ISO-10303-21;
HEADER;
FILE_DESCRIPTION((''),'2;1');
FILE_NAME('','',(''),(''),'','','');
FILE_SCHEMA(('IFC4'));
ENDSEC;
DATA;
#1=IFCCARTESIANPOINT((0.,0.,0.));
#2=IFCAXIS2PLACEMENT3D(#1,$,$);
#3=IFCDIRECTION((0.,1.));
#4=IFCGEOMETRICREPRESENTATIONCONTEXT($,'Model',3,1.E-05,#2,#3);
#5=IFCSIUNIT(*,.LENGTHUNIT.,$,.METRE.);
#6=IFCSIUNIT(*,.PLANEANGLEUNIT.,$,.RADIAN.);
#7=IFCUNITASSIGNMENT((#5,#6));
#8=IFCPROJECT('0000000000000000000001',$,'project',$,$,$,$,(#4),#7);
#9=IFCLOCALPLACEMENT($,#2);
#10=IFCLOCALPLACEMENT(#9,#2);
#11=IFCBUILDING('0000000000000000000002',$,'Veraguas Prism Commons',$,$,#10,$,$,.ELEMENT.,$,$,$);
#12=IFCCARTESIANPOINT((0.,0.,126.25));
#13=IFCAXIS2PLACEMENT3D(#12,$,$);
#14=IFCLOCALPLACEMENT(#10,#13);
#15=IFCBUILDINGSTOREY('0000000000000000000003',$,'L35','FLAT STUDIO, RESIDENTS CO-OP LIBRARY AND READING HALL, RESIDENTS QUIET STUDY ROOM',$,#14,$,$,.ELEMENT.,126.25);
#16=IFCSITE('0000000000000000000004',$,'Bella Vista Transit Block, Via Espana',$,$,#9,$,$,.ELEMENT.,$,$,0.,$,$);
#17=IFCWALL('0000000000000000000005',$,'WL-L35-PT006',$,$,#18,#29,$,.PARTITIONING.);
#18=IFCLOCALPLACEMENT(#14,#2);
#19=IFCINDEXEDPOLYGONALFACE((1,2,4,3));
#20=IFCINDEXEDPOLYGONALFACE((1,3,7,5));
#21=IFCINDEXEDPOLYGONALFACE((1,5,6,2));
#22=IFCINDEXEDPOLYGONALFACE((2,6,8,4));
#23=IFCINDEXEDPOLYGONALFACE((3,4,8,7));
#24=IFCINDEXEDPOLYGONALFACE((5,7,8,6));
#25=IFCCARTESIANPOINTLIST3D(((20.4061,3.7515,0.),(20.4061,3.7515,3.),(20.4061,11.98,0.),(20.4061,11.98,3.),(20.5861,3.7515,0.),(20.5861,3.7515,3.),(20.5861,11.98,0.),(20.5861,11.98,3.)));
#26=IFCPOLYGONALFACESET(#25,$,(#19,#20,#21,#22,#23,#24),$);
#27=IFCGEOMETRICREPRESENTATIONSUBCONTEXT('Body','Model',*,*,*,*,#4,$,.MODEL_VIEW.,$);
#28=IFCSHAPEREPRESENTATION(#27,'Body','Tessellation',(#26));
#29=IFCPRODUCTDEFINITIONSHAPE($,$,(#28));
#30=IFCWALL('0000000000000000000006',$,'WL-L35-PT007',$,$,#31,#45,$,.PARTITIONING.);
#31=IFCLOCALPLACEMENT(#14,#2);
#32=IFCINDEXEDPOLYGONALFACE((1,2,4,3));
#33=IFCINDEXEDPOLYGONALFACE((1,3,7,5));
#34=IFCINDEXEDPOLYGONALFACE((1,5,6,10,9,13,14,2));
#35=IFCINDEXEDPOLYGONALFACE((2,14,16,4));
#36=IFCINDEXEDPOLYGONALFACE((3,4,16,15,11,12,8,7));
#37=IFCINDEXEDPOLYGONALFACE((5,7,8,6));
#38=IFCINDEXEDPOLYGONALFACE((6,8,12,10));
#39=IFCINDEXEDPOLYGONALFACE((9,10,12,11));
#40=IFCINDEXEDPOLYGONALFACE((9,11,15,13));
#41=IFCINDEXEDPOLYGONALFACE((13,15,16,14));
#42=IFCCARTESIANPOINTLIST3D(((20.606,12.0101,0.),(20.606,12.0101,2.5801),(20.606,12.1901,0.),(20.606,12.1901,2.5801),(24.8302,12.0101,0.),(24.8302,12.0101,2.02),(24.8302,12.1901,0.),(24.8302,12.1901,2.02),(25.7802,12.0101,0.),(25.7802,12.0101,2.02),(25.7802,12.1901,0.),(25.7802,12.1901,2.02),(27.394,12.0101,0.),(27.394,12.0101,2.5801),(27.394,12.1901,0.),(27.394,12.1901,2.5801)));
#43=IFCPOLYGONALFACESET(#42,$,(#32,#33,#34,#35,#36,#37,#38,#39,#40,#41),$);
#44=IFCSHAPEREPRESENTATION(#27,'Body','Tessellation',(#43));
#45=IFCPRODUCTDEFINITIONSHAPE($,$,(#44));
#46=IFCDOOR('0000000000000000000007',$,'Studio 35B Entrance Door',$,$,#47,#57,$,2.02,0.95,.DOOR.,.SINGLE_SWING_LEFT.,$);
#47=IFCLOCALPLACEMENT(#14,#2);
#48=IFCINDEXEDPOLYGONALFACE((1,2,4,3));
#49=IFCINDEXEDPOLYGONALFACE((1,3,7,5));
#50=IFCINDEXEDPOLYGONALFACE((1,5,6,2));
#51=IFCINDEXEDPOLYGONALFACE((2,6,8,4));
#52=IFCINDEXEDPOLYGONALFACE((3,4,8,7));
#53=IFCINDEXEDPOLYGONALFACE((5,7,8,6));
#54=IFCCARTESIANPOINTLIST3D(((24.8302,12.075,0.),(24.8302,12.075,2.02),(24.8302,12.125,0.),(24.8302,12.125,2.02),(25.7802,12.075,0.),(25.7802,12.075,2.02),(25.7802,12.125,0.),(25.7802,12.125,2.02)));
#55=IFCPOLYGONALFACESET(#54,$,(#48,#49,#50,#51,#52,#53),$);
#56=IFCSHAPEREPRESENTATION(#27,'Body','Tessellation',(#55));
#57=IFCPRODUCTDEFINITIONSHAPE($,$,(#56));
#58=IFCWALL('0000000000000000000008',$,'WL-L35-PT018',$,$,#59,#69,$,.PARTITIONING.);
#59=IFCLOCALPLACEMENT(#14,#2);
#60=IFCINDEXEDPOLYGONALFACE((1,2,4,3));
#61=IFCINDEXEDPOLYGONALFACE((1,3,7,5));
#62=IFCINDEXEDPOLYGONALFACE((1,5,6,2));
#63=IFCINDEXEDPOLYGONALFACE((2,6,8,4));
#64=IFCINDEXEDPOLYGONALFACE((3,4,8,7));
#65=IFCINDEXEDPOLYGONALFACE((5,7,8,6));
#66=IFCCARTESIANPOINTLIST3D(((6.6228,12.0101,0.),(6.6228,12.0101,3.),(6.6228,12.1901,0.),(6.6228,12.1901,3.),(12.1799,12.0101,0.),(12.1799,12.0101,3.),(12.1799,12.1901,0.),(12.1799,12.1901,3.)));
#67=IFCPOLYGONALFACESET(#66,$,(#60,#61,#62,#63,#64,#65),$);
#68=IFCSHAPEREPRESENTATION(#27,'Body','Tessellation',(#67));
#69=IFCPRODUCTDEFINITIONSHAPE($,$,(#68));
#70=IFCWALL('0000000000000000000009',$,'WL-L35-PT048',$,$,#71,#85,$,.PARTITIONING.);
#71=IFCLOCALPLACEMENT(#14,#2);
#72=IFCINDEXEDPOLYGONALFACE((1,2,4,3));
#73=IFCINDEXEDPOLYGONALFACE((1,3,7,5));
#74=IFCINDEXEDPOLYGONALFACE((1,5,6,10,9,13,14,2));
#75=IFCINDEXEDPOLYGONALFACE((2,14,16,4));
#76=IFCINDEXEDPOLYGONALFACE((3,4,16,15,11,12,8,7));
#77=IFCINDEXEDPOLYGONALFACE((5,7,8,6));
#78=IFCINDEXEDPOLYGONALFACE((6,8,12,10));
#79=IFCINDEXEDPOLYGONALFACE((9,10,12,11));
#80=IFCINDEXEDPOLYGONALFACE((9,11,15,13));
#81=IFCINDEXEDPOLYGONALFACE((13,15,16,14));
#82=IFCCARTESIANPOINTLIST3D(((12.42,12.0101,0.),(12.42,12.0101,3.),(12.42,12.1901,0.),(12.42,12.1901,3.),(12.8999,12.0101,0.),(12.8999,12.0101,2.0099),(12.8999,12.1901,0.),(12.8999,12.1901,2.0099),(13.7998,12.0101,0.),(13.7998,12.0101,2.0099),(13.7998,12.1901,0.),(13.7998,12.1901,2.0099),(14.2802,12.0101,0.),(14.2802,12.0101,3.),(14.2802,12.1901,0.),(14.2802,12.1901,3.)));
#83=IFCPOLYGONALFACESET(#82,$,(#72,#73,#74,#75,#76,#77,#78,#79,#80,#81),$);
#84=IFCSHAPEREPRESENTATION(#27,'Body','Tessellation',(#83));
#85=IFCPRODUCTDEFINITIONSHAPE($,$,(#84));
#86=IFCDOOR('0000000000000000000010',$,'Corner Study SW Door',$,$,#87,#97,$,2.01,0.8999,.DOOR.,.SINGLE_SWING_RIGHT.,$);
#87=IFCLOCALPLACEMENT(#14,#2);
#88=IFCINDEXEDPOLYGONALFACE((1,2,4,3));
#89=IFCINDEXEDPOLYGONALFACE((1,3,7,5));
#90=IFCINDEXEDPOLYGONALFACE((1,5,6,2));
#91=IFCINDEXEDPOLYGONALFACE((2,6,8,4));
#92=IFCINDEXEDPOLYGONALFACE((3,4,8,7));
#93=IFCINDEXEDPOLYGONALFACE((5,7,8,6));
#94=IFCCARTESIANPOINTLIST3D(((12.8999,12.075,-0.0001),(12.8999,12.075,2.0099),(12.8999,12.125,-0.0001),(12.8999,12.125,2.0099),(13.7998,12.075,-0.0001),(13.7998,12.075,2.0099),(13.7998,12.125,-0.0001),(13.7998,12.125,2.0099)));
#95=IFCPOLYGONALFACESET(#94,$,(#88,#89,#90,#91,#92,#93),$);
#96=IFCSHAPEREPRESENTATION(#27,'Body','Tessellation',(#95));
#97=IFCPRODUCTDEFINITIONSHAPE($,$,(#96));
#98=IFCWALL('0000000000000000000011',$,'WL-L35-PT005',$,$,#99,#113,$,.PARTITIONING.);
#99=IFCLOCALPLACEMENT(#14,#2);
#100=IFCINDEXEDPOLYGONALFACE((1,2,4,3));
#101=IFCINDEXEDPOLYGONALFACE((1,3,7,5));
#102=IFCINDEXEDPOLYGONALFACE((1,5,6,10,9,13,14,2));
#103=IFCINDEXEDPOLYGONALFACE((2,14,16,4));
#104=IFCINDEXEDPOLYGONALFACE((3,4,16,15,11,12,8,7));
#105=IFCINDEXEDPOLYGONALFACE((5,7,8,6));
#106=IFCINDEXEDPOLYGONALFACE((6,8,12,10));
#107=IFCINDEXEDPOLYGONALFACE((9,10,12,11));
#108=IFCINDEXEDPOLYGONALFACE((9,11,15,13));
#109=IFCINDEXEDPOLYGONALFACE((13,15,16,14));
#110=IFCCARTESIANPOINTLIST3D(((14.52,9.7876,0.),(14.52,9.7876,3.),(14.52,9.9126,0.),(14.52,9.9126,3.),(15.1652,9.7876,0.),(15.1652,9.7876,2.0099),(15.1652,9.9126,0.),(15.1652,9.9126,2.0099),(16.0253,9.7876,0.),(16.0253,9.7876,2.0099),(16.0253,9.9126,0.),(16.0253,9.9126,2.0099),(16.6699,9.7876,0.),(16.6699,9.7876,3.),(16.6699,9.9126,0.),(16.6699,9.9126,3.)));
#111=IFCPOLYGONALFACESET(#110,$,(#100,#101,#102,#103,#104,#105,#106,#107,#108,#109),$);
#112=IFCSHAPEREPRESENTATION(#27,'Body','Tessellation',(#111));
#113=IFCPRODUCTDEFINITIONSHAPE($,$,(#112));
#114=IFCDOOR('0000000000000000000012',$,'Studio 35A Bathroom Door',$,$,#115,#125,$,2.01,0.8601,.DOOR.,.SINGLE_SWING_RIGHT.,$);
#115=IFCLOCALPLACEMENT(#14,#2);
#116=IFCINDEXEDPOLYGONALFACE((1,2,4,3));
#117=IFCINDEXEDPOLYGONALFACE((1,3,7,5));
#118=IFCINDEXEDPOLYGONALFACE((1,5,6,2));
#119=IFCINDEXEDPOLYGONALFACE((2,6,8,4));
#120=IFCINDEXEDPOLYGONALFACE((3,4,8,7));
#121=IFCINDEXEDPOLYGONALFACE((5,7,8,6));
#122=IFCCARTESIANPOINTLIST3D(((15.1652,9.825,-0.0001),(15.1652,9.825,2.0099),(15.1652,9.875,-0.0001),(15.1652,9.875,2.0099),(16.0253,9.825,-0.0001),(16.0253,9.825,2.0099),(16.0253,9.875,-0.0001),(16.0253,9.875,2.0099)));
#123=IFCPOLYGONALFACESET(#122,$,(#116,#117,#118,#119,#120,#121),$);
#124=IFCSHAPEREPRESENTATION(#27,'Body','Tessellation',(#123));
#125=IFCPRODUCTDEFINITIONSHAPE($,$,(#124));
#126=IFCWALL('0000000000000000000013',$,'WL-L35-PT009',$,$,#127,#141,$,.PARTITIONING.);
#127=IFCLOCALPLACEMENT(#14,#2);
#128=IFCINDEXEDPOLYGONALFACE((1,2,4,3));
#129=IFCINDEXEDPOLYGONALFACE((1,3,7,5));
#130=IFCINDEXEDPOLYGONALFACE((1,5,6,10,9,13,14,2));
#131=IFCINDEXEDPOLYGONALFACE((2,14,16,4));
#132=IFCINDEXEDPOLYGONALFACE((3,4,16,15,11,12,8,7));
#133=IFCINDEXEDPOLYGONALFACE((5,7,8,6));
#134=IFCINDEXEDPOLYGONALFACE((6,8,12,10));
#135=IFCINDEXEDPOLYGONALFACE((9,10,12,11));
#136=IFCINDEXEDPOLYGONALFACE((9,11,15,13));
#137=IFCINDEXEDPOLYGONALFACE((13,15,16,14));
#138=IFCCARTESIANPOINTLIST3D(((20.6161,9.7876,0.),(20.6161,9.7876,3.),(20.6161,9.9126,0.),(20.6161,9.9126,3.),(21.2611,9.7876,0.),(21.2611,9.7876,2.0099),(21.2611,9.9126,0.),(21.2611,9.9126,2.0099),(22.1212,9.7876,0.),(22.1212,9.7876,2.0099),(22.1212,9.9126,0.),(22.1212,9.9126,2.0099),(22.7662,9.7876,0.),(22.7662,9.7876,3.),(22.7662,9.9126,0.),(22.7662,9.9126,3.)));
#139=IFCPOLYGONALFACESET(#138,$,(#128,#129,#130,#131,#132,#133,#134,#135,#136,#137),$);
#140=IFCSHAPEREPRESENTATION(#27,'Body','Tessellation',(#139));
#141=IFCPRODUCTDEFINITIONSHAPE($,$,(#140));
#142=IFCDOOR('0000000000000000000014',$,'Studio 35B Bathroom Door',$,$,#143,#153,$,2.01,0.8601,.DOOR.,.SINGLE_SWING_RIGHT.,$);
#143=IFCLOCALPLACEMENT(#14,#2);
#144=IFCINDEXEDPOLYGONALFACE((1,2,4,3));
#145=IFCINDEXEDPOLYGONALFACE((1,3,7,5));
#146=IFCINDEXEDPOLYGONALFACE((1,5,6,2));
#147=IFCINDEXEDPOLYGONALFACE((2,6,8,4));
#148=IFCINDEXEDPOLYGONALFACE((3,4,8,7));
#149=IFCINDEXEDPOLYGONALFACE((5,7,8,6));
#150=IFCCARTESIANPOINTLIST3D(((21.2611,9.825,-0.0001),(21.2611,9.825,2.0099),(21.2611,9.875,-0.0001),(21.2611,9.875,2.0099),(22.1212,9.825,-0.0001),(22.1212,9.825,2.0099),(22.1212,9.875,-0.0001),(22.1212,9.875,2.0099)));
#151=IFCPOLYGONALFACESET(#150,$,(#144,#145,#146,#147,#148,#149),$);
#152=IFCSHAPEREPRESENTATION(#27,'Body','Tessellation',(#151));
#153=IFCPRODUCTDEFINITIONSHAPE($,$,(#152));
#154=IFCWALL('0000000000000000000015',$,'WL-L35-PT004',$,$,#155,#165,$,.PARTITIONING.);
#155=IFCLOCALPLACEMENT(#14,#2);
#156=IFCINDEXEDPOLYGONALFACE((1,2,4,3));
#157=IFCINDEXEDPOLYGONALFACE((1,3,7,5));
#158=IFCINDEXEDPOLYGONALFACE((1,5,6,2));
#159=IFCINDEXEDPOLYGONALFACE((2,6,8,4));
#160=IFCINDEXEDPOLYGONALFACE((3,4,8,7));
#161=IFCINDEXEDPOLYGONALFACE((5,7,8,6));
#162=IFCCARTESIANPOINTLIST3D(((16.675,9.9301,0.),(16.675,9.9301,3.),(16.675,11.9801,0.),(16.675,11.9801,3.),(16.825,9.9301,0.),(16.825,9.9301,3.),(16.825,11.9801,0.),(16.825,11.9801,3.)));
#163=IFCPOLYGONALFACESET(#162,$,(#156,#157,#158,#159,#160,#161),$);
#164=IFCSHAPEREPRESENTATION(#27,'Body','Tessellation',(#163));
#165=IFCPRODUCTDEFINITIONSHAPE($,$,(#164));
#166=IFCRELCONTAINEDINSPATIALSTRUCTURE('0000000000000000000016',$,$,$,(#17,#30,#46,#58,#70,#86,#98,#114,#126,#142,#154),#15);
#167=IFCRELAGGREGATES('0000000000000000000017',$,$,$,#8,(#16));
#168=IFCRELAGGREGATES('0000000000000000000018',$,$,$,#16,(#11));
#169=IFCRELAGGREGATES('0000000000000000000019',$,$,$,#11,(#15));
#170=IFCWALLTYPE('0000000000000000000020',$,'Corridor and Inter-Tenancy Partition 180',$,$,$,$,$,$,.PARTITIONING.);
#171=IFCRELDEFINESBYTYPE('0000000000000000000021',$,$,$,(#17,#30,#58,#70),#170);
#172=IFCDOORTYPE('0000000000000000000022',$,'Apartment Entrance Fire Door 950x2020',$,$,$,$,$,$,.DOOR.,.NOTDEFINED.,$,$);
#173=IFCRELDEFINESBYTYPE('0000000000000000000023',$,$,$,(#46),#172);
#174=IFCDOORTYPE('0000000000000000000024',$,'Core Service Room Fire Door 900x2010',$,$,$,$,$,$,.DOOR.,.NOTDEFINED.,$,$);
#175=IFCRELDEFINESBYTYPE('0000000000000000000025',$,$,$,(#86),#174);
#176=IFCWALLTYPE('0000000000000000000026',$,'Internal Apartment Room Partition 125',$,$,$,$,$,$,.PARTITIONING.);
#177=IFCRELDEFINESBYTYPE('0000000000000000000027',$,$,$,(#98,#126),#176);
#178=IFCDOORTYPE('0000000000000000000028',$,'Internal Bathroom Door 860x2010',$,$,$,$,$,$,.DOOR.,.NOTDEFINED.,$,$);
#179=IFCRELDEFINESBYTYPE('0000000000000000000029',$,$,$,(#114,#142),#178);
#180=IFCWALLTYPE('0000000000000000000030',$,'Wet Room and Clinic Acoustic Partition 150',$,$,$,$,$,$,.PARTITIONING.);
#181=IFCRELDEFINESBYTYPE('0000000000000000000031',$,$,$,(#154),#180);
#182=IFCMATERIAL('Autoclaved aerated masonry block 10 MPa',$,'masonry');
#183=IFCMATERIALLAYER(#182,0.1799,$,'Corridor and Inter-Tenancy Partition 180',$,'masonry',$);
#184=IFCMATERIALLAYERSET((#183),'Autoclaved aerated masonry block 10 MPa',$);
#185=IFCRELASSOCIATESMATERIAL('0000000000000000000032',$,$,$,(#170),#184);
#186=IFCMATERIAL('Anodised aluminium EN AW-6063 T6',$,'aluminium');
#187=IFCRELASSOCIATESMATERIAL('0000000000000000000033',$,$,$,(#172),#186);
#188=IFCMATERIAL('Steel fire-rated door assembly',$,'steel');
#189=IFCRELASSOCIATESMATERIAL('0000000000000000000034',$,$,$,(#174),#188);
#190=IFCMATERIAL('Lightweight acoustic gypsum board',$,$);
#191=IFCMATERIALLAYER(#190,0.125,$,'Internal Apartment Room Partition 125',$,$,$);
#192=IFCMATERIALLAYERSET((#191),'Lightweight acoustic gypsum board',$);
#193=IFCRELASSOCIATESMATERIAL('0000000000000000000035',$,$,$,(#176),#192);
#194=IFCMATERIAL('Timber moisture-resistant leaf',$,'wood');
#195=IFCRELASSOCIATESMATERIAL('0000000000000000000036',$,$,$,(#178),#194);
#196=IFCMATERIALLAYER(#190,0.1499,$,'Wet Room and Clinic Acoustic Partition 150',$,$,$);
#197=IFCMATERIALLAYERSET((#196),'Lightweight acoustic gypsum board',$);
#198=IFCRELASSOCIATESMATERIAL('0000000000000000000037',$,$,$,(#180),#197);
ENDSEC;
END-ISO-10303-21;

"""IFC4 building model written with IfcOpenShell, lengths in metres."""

from ifc_helpers import new_model, si_unit, direction, frame, frame_2d, origin, place, context, subcontext, project, spatial, rectangle, extrude, source, transform, mapped, material, layer, layer_set, type_object, element, fill, save


model = new_model("IFC4")

# Units and contexts
model_context = context("Model", 3, precision=1e-05, world=origin(), true_north=direction((0.0, 1.0)))
body_context = subcontext(model_context, "Body", "Model", "MODEL_VIEW")
ifc_project = project(units=[si_unit("LENGTHUNIT", "METRE"), si_unit("PLANEANGLEUNIT", "RADIAN")], contexts=[model_context])

# Site, building, storey
site_placement = place(None, origin())
site = spatial("IfcSite", under=ifc_project, at=site_placement, Name="Bella Vista Transit Block, Via Espana", CompositionType="ELEMENT", RefElevation=0.0)
building_placement = place(site_placement, origin())
building = spatial("IfcBuilding", under=site, at=building_placement, Name="Veraguas Prism Commons", CompositionType="ELEMENT")
storey_placement = place(building_placement, frame((0.0, 0.0, 126.25)))
storey = spatial("IfcBuildingStorey", under=building, at=storey_placement, Name="L35", Description="FLAT STUDIO, RESIDENTS CO-OP LIBRARY AND READING HALL, RESIDENTS QUIET STUDY ROOM", CompositionType="ELEMENT", Elevation=126.25)

# Shared definitions
ifc_material_1 = material(Name="Anodised aluminium EN AW-6063 T6", Category="aluminium")

# Shared definitions
ifc_material_2 = material(Name="Autoclaved aerated masonry block 10 MPa", Category="masonry")
ifc_layer_1 = layer(ifc_material_2, 0.1799, Name="Corridor and Inter-Tenancy Partition 180", Category="masonry")
ifc_layer_set_1 = layer_set([ifc_layer_1], Name="Autoclaved aerated masonry block 10 MPa")
wall_type_1 = type_object("IfcWallType", Name="Corridor and Inter-Tenancy Partition 180", PredefinedType="PARTITIONING", material=ifc_layer_set_1)

# Shared definitions
door_type_1 = type_object("IfcDoorType", Name="Apartment Entrance Fire Door 950x2020", OperationType="NOTDEFINED", PredefinedType="DOOR", material=ifc_material_1)
shared_shape_1 = source(origin(), body_context, "Body", "SweptSolid", [
    extrude(rectangle(XDim=0.95, YDim=2.02, at=frame_2d((0.4751, 1.01))), frame((0.0, 0.0249, 0.0), z_axis=(0.0, -1.0, 0.0), x_axis=(1.0, 0.0, 0.0)), (0.0, 0.0, 1.0), 0.05),
])

# Wall
wall_1_placement = place(storey_placement, frame((20.4961, 11.98, 0.0), z_axis=(0.0, 0.0, 1.0), x_axis=(0.0, -1.0, 0.0)))
element("IfcWall", 1, at=wall_1_placement, inside=storey, type_object=wall_type_1, Name="WL-L35-PT006", PredefinedType="PARTITIONING", context=body_context, shape_type="SweptSolid", body=[
    extrude(rectangle(XDim=8.2285, YDim=0.1799, at=frame_2d((4.1143, 0.0))), origin(), (0.0, 0.0, 1.0), 3.0),
])

# Wall, opening, door
wall_2_placement = place(storey_placement, frame((20.606, 12.1001, 0.0), z_axis=(0.0, 0.0, 1.0), x_axis=(1.0, 0.0, 0.0)))
wall_2 = element("IfcWall", 2, at=wall_2_placement, inside=storey, type_object=wall_type_1, Name="WL-L35-PT007", PredefinedType="PARTITIONING", context=body_context, shape_type="SweptSolid", body=[
    extrude(rectangle(XDim=6.7881, YDim=0.1799, at=frame_2d((3.394, 0.0))), origin(), (0.0, 0.0, 1.0), 2.5801),
])
opening_1_placement = place(wall_2_placement, frame((4.2241, 0.0, 0.0)))
opening_1 = element("IfcOpeningElement", 3, at=opening_1_placement, cuts=wall_2, PredefinedType="OPENING", context=body_context, shape_type="SweptSolid", body=[
    extrude(rectangle(XDim=0.95, YDim=2.02, at=frame_2d((0.4751, 1.01))), frame((0.0, 0.0999, 0.0), z_axis=(0.0, -1.0, 0.0), x_axis=(1.0, 0.0, 0.0)), (0.0, 0.0, 1.0), 0.2),
])
door_1_placement = place(opening_1_placement, origin())
door_1 = element("IfcDoor", 4, at=door_1_placement, inside=storey, type_object=door_type_1, Name="Studio 35B Entrance Door", OperationType="SINGLE_SWING_LEFT", OverallHeight=2.02, OverallWidth=0.95, PredefinedType="DOOR", context=body_context, shape_type="MappedRepresentation", body=[
    mapped(shared_shape_1, transform((0.0, 0.0, 0.0), scale=1.0)),
])
fill(opening_1, door_1)

# Wall
wall_3_placement = place(storey_placement, frame((12.1799, 12.1001, 0.0), z_axis=(0.0, 0.0, 1.0), x_axis=(-1.0, 0.0, 0.0)))
element("IfcWall", 5, at=wall_3_placement, inside=storey, type_object=wall_type_1, Name="WL-L35-PT018", PredefinedType="PARTITIONING", context=body_context, shape_type="SweptSolid", body=[
    extrude(rectangle(XDim=5.5571, YDim=0.1799, at=frame_2d((2.7786, 0.0))), origin(), (0.0, 0.0, 1.0), 3.0),
])

# Walls, openings, doors
wall_4_placement = place(storey_placement, frame((12.4199, 12.1001, 0.0), z_axis=(0.0, 0.0, 1.0), x_axis=(1.0, 0.0, 0.0)))
wall_4 = element("IfcWall", 6, at=wall_4_placement, inside=storey, type_object=wall_type_1, Name="WL-L35-PT048", PredefinedType="PARTITIONING", context=body_context, shape_type="SweptSolid", body=[
    extrude(rectangle(XDim=1.8601, YDim=0.1799, at=frame_2d((0.9302, 0.0))), origin(), (0.0, 0.0, 1.0), 3.0),
])
opening_2_placement = place(wall_4_placement, frame((0.48, 0.0, 0.0)))
opening_2 = element("IfcOpeningElement", 7, at=opening_2_placement, cuts=wall_4, PredefinedType="OPENING", context=body_context, shape_type="SweptSolid", body=[
    extrude(rectangle(XDim=0.8999, YDim=2.01, at=frame_2d((0.45, 1.0049))), frame((0.0, 0.0999, 0.0), z_axis=(0.0, -1.0, 0.0), x_axis=(1.0, 0.0, 0.0)), (0.0, 0.0, 1.0), 0.2),
])
ifc_material_3 = material(Name="Steel fire-rated door assembly", Category="steel")
door_type_2 = type_object("IfcDoorType", Name="Core Service Room Fire Door 900x2010", OperationType="NOTDEFINED", PredefinedType="DOOR", material=ifc_material_3)
shared_shape_2 = source(origin(), body_context, "Body", "SweptSolid", [
    extrude(rectangle(XDim=0.8999, YDim=2.01, at=frame_2d((0.45, 1.0049))), frame((0.0, 0.0249, 0.0), z_axis=(0.0, -1.0, 0.0), x_axis=(1.0, 0.0, 0.0)), (0.0, 0.0, 1.0), 0.05),
])
door_2_placement = place(opening_2_placement, origin())
door_2 = element("IfcDoor", 8, at=door_2_placement, inside=storey, type_object=door_type_2, Name="Corner Study SW Door", OperationType="SINGLE_SWING_RIGHT", OverallHeight=2.01, OverallWidth=0.8999, PredefinedType="DOOR", context=body_context, shape_type="MappedRepresentation", body=[
    mapped(shared_shape_2, transform((0.0, 0.0, 0.0), scale=1.0)),
])
fill(opening_2, door_2)
ifc_material_4 = material(Name="Lightweight acoustic gypsum board")
ifc_layer_2 = layer(ifc_material_4, 0.125, Name="Internal Apartment Room Partition 125")
ifc_layer_set_2 = layer_set([ifc_layer_2], Name="Lightweight acoustic gypsum board")
wall_type_2 = type_object("IfcWallType", Name="Internal Apartment Room Partition 125", PredefinedType="PARTITIONING", material=ifc_layer_set_2)
wall_5_placement = place(storey_placement, frame((14.52, 9.8501, 0.0), z_axis=(0.0, 0.0, 1.0), x_axis=(1.0, 0.0, 0.0)))
wall_5 = element("IfcWall", 9, at=wall_5_placement, inside=storey, type_object=wall_type_2, Name="WL-L35-PT005", PredefinedType="PARTITIONING", context=body_context, shape_type="SweptSolid", body=[
    extrude(rectangle(XDim=2.1499, YDim=0.125, at=frame_2d((1.075, 0.0))), origin(), (0.0, 0.0, 1.0), 3.0),
])
opening_3_placement = place(wall_5_placement, frame((0.645, 0.0, 0.0)))
opening_3 = element("IfcOpeningElement", 10, at=opening_3_placement, cuts=wall_5, PredefinedType="OPENING", context=body_context, shape_type="SweptSolid", body=[
    extrude(rectangle(XDim=0.8601, YDim=2.01, at=frame_2d((0.4302, 1.0049))), frame((0.0, 0.0725, 0.0), z_axis=(0.0, -1.0, 0.0), x_axis=(1.0, 0.0, 0.0)), (0.0, 0.0, 1.0), 0.145),
])
ifc_material_5 = material(Name="Timber moisture-resistant leaf", Category="wood")
door_type_3 = type_object("IfcDoorType", Name="Internal Bathroom Door 860x2010", OperationType="NOTDEFINED", PredefinedType="DOOR", material=ifc_material_5)
shared_shape_3 = source(origin(), body_context, "Body", "SweptSolid", [
    extrude(rectangle(XDim=0.8601, YDim=2.01, at=frame_2d((0.4302, 1.0049))), frame((0.0, 0.0249, 0.0), z_axis=(0.0, -1.0, 0.0), x_axis=(1.0, 0.0, 0.0)), (0.0, 0.0, 1.0), 0.05),
])
door_3_placement = place(opening_3_placement, origin())
door_3 = element("IfcDoor", 11, at=door_3_placement, inside=storey, type_object=door_type_3, Name="Studio 35A Bathroom Door", OperationType="SINGLE_SWING_RIGHT", OverallHeight=2.01, OverallWidth=0.8601, PredefinedType="DOOR", context=body_context, shape_type="MappedRepresentation", body=[
    mapped(shared_shape_3, transform((0.0, 0.0, 0.0), scale=1.0)),
])
fill(opening_3, door_3)
wall_6_placement = place(storey_placement, frame((20.616, 9.8501, 0.0), z_axis=(0.0, 0.0, 1.0), x_axis=(1.0, 0.0, 0.0)))
wall_6 = element("IfcWall", 12, at=wall_6_placement, inside=storey, type_object=wall_type_2, Name="WL-L35-PT009", PredefinedType="PARTITIONING", context=body_context, shape_type="SweptSolid", body=[
    extrude(rectangle(XDim=2.1501, YDim=0.125, at=frame_2d((1.0752, 0.0))), origin(), (0.0, 0.0, 1.0), 3.0),
])
opening_4_placement = place(wall_6_placement, frame((0.645, 0.0, 0.0)))
opening_4 = element("IfcOpeningElement", 13, at=opening_4_placement, cuts=wall_6, PredefinedType="OPENING", context=body_context, shape_type="SweptSolid", body=[
    extrude(rectangle(XDim=0.8601, YDim=2.01, at=frame_2d((0.4302, 1.0049))), frame((0.0, 0.0725, 0.0), z_axis=(0.0, -1.0, 0.0), x_axis=(1.0, 0.0, 0.0)), (0.0, 0.0, 1.0), 0.145),
])
door_4_placement = place(opening_4_placement, origin())
door_4 = element("IfcDoor", 14, at=door_4_placement, inside=storey, type_object=door_type_3, Name="Studio 35B Bathroom Door", OperationType="SINGLE_SWING_RIGHT", OverallHeight=2.01, OverallWidth=0.8601, PredefinedType="DOOR", context=body_context, shape_type="MappedRepresentation", body=[
    mapped(shared_shape_3, transform((0.0, 0.0, 0.0), scale=1.0)),
])
fill(opening_4, door_4)

# Wall
ifc_layer_3 = layer(ifc_material_4, 0.1499, Name="Wet Room and Clinic Acoustic Partition 150")
ifc_layer_set_3 = layer_set([ifc_layer_3], Name="Lightweight acoustic gypsum board")
wall_type_3 = type_object("IfcWallType", Name="Wet Room and Clinic Acoustic Partition 150", PredefinedType="PARTITIONING", material=ifc_layer_set_3)
wall_7_placement = place(storey_placement, frame((16.75, 11.98, 0.0), z_axis=(0.0, 0.0, 1.0), x_axis=(0.0, -1.0, 0.0)))
element("IfcWall", 15, at=wall_7_placement, inside=storey, type_object=wall_type_3, Name="WL-L35-PT004", PredefinedType="PARTITIONING", context=body_context, shape_type="SweptSolid", body=[
    extrude(rectangle(XDim=2.05, YDim=0.1499, at=frame_2d((1.0249, 0.0))), origin(), (0.0, 0.0, 1.0), 3.0),
])

save(model, "model.ifc")
